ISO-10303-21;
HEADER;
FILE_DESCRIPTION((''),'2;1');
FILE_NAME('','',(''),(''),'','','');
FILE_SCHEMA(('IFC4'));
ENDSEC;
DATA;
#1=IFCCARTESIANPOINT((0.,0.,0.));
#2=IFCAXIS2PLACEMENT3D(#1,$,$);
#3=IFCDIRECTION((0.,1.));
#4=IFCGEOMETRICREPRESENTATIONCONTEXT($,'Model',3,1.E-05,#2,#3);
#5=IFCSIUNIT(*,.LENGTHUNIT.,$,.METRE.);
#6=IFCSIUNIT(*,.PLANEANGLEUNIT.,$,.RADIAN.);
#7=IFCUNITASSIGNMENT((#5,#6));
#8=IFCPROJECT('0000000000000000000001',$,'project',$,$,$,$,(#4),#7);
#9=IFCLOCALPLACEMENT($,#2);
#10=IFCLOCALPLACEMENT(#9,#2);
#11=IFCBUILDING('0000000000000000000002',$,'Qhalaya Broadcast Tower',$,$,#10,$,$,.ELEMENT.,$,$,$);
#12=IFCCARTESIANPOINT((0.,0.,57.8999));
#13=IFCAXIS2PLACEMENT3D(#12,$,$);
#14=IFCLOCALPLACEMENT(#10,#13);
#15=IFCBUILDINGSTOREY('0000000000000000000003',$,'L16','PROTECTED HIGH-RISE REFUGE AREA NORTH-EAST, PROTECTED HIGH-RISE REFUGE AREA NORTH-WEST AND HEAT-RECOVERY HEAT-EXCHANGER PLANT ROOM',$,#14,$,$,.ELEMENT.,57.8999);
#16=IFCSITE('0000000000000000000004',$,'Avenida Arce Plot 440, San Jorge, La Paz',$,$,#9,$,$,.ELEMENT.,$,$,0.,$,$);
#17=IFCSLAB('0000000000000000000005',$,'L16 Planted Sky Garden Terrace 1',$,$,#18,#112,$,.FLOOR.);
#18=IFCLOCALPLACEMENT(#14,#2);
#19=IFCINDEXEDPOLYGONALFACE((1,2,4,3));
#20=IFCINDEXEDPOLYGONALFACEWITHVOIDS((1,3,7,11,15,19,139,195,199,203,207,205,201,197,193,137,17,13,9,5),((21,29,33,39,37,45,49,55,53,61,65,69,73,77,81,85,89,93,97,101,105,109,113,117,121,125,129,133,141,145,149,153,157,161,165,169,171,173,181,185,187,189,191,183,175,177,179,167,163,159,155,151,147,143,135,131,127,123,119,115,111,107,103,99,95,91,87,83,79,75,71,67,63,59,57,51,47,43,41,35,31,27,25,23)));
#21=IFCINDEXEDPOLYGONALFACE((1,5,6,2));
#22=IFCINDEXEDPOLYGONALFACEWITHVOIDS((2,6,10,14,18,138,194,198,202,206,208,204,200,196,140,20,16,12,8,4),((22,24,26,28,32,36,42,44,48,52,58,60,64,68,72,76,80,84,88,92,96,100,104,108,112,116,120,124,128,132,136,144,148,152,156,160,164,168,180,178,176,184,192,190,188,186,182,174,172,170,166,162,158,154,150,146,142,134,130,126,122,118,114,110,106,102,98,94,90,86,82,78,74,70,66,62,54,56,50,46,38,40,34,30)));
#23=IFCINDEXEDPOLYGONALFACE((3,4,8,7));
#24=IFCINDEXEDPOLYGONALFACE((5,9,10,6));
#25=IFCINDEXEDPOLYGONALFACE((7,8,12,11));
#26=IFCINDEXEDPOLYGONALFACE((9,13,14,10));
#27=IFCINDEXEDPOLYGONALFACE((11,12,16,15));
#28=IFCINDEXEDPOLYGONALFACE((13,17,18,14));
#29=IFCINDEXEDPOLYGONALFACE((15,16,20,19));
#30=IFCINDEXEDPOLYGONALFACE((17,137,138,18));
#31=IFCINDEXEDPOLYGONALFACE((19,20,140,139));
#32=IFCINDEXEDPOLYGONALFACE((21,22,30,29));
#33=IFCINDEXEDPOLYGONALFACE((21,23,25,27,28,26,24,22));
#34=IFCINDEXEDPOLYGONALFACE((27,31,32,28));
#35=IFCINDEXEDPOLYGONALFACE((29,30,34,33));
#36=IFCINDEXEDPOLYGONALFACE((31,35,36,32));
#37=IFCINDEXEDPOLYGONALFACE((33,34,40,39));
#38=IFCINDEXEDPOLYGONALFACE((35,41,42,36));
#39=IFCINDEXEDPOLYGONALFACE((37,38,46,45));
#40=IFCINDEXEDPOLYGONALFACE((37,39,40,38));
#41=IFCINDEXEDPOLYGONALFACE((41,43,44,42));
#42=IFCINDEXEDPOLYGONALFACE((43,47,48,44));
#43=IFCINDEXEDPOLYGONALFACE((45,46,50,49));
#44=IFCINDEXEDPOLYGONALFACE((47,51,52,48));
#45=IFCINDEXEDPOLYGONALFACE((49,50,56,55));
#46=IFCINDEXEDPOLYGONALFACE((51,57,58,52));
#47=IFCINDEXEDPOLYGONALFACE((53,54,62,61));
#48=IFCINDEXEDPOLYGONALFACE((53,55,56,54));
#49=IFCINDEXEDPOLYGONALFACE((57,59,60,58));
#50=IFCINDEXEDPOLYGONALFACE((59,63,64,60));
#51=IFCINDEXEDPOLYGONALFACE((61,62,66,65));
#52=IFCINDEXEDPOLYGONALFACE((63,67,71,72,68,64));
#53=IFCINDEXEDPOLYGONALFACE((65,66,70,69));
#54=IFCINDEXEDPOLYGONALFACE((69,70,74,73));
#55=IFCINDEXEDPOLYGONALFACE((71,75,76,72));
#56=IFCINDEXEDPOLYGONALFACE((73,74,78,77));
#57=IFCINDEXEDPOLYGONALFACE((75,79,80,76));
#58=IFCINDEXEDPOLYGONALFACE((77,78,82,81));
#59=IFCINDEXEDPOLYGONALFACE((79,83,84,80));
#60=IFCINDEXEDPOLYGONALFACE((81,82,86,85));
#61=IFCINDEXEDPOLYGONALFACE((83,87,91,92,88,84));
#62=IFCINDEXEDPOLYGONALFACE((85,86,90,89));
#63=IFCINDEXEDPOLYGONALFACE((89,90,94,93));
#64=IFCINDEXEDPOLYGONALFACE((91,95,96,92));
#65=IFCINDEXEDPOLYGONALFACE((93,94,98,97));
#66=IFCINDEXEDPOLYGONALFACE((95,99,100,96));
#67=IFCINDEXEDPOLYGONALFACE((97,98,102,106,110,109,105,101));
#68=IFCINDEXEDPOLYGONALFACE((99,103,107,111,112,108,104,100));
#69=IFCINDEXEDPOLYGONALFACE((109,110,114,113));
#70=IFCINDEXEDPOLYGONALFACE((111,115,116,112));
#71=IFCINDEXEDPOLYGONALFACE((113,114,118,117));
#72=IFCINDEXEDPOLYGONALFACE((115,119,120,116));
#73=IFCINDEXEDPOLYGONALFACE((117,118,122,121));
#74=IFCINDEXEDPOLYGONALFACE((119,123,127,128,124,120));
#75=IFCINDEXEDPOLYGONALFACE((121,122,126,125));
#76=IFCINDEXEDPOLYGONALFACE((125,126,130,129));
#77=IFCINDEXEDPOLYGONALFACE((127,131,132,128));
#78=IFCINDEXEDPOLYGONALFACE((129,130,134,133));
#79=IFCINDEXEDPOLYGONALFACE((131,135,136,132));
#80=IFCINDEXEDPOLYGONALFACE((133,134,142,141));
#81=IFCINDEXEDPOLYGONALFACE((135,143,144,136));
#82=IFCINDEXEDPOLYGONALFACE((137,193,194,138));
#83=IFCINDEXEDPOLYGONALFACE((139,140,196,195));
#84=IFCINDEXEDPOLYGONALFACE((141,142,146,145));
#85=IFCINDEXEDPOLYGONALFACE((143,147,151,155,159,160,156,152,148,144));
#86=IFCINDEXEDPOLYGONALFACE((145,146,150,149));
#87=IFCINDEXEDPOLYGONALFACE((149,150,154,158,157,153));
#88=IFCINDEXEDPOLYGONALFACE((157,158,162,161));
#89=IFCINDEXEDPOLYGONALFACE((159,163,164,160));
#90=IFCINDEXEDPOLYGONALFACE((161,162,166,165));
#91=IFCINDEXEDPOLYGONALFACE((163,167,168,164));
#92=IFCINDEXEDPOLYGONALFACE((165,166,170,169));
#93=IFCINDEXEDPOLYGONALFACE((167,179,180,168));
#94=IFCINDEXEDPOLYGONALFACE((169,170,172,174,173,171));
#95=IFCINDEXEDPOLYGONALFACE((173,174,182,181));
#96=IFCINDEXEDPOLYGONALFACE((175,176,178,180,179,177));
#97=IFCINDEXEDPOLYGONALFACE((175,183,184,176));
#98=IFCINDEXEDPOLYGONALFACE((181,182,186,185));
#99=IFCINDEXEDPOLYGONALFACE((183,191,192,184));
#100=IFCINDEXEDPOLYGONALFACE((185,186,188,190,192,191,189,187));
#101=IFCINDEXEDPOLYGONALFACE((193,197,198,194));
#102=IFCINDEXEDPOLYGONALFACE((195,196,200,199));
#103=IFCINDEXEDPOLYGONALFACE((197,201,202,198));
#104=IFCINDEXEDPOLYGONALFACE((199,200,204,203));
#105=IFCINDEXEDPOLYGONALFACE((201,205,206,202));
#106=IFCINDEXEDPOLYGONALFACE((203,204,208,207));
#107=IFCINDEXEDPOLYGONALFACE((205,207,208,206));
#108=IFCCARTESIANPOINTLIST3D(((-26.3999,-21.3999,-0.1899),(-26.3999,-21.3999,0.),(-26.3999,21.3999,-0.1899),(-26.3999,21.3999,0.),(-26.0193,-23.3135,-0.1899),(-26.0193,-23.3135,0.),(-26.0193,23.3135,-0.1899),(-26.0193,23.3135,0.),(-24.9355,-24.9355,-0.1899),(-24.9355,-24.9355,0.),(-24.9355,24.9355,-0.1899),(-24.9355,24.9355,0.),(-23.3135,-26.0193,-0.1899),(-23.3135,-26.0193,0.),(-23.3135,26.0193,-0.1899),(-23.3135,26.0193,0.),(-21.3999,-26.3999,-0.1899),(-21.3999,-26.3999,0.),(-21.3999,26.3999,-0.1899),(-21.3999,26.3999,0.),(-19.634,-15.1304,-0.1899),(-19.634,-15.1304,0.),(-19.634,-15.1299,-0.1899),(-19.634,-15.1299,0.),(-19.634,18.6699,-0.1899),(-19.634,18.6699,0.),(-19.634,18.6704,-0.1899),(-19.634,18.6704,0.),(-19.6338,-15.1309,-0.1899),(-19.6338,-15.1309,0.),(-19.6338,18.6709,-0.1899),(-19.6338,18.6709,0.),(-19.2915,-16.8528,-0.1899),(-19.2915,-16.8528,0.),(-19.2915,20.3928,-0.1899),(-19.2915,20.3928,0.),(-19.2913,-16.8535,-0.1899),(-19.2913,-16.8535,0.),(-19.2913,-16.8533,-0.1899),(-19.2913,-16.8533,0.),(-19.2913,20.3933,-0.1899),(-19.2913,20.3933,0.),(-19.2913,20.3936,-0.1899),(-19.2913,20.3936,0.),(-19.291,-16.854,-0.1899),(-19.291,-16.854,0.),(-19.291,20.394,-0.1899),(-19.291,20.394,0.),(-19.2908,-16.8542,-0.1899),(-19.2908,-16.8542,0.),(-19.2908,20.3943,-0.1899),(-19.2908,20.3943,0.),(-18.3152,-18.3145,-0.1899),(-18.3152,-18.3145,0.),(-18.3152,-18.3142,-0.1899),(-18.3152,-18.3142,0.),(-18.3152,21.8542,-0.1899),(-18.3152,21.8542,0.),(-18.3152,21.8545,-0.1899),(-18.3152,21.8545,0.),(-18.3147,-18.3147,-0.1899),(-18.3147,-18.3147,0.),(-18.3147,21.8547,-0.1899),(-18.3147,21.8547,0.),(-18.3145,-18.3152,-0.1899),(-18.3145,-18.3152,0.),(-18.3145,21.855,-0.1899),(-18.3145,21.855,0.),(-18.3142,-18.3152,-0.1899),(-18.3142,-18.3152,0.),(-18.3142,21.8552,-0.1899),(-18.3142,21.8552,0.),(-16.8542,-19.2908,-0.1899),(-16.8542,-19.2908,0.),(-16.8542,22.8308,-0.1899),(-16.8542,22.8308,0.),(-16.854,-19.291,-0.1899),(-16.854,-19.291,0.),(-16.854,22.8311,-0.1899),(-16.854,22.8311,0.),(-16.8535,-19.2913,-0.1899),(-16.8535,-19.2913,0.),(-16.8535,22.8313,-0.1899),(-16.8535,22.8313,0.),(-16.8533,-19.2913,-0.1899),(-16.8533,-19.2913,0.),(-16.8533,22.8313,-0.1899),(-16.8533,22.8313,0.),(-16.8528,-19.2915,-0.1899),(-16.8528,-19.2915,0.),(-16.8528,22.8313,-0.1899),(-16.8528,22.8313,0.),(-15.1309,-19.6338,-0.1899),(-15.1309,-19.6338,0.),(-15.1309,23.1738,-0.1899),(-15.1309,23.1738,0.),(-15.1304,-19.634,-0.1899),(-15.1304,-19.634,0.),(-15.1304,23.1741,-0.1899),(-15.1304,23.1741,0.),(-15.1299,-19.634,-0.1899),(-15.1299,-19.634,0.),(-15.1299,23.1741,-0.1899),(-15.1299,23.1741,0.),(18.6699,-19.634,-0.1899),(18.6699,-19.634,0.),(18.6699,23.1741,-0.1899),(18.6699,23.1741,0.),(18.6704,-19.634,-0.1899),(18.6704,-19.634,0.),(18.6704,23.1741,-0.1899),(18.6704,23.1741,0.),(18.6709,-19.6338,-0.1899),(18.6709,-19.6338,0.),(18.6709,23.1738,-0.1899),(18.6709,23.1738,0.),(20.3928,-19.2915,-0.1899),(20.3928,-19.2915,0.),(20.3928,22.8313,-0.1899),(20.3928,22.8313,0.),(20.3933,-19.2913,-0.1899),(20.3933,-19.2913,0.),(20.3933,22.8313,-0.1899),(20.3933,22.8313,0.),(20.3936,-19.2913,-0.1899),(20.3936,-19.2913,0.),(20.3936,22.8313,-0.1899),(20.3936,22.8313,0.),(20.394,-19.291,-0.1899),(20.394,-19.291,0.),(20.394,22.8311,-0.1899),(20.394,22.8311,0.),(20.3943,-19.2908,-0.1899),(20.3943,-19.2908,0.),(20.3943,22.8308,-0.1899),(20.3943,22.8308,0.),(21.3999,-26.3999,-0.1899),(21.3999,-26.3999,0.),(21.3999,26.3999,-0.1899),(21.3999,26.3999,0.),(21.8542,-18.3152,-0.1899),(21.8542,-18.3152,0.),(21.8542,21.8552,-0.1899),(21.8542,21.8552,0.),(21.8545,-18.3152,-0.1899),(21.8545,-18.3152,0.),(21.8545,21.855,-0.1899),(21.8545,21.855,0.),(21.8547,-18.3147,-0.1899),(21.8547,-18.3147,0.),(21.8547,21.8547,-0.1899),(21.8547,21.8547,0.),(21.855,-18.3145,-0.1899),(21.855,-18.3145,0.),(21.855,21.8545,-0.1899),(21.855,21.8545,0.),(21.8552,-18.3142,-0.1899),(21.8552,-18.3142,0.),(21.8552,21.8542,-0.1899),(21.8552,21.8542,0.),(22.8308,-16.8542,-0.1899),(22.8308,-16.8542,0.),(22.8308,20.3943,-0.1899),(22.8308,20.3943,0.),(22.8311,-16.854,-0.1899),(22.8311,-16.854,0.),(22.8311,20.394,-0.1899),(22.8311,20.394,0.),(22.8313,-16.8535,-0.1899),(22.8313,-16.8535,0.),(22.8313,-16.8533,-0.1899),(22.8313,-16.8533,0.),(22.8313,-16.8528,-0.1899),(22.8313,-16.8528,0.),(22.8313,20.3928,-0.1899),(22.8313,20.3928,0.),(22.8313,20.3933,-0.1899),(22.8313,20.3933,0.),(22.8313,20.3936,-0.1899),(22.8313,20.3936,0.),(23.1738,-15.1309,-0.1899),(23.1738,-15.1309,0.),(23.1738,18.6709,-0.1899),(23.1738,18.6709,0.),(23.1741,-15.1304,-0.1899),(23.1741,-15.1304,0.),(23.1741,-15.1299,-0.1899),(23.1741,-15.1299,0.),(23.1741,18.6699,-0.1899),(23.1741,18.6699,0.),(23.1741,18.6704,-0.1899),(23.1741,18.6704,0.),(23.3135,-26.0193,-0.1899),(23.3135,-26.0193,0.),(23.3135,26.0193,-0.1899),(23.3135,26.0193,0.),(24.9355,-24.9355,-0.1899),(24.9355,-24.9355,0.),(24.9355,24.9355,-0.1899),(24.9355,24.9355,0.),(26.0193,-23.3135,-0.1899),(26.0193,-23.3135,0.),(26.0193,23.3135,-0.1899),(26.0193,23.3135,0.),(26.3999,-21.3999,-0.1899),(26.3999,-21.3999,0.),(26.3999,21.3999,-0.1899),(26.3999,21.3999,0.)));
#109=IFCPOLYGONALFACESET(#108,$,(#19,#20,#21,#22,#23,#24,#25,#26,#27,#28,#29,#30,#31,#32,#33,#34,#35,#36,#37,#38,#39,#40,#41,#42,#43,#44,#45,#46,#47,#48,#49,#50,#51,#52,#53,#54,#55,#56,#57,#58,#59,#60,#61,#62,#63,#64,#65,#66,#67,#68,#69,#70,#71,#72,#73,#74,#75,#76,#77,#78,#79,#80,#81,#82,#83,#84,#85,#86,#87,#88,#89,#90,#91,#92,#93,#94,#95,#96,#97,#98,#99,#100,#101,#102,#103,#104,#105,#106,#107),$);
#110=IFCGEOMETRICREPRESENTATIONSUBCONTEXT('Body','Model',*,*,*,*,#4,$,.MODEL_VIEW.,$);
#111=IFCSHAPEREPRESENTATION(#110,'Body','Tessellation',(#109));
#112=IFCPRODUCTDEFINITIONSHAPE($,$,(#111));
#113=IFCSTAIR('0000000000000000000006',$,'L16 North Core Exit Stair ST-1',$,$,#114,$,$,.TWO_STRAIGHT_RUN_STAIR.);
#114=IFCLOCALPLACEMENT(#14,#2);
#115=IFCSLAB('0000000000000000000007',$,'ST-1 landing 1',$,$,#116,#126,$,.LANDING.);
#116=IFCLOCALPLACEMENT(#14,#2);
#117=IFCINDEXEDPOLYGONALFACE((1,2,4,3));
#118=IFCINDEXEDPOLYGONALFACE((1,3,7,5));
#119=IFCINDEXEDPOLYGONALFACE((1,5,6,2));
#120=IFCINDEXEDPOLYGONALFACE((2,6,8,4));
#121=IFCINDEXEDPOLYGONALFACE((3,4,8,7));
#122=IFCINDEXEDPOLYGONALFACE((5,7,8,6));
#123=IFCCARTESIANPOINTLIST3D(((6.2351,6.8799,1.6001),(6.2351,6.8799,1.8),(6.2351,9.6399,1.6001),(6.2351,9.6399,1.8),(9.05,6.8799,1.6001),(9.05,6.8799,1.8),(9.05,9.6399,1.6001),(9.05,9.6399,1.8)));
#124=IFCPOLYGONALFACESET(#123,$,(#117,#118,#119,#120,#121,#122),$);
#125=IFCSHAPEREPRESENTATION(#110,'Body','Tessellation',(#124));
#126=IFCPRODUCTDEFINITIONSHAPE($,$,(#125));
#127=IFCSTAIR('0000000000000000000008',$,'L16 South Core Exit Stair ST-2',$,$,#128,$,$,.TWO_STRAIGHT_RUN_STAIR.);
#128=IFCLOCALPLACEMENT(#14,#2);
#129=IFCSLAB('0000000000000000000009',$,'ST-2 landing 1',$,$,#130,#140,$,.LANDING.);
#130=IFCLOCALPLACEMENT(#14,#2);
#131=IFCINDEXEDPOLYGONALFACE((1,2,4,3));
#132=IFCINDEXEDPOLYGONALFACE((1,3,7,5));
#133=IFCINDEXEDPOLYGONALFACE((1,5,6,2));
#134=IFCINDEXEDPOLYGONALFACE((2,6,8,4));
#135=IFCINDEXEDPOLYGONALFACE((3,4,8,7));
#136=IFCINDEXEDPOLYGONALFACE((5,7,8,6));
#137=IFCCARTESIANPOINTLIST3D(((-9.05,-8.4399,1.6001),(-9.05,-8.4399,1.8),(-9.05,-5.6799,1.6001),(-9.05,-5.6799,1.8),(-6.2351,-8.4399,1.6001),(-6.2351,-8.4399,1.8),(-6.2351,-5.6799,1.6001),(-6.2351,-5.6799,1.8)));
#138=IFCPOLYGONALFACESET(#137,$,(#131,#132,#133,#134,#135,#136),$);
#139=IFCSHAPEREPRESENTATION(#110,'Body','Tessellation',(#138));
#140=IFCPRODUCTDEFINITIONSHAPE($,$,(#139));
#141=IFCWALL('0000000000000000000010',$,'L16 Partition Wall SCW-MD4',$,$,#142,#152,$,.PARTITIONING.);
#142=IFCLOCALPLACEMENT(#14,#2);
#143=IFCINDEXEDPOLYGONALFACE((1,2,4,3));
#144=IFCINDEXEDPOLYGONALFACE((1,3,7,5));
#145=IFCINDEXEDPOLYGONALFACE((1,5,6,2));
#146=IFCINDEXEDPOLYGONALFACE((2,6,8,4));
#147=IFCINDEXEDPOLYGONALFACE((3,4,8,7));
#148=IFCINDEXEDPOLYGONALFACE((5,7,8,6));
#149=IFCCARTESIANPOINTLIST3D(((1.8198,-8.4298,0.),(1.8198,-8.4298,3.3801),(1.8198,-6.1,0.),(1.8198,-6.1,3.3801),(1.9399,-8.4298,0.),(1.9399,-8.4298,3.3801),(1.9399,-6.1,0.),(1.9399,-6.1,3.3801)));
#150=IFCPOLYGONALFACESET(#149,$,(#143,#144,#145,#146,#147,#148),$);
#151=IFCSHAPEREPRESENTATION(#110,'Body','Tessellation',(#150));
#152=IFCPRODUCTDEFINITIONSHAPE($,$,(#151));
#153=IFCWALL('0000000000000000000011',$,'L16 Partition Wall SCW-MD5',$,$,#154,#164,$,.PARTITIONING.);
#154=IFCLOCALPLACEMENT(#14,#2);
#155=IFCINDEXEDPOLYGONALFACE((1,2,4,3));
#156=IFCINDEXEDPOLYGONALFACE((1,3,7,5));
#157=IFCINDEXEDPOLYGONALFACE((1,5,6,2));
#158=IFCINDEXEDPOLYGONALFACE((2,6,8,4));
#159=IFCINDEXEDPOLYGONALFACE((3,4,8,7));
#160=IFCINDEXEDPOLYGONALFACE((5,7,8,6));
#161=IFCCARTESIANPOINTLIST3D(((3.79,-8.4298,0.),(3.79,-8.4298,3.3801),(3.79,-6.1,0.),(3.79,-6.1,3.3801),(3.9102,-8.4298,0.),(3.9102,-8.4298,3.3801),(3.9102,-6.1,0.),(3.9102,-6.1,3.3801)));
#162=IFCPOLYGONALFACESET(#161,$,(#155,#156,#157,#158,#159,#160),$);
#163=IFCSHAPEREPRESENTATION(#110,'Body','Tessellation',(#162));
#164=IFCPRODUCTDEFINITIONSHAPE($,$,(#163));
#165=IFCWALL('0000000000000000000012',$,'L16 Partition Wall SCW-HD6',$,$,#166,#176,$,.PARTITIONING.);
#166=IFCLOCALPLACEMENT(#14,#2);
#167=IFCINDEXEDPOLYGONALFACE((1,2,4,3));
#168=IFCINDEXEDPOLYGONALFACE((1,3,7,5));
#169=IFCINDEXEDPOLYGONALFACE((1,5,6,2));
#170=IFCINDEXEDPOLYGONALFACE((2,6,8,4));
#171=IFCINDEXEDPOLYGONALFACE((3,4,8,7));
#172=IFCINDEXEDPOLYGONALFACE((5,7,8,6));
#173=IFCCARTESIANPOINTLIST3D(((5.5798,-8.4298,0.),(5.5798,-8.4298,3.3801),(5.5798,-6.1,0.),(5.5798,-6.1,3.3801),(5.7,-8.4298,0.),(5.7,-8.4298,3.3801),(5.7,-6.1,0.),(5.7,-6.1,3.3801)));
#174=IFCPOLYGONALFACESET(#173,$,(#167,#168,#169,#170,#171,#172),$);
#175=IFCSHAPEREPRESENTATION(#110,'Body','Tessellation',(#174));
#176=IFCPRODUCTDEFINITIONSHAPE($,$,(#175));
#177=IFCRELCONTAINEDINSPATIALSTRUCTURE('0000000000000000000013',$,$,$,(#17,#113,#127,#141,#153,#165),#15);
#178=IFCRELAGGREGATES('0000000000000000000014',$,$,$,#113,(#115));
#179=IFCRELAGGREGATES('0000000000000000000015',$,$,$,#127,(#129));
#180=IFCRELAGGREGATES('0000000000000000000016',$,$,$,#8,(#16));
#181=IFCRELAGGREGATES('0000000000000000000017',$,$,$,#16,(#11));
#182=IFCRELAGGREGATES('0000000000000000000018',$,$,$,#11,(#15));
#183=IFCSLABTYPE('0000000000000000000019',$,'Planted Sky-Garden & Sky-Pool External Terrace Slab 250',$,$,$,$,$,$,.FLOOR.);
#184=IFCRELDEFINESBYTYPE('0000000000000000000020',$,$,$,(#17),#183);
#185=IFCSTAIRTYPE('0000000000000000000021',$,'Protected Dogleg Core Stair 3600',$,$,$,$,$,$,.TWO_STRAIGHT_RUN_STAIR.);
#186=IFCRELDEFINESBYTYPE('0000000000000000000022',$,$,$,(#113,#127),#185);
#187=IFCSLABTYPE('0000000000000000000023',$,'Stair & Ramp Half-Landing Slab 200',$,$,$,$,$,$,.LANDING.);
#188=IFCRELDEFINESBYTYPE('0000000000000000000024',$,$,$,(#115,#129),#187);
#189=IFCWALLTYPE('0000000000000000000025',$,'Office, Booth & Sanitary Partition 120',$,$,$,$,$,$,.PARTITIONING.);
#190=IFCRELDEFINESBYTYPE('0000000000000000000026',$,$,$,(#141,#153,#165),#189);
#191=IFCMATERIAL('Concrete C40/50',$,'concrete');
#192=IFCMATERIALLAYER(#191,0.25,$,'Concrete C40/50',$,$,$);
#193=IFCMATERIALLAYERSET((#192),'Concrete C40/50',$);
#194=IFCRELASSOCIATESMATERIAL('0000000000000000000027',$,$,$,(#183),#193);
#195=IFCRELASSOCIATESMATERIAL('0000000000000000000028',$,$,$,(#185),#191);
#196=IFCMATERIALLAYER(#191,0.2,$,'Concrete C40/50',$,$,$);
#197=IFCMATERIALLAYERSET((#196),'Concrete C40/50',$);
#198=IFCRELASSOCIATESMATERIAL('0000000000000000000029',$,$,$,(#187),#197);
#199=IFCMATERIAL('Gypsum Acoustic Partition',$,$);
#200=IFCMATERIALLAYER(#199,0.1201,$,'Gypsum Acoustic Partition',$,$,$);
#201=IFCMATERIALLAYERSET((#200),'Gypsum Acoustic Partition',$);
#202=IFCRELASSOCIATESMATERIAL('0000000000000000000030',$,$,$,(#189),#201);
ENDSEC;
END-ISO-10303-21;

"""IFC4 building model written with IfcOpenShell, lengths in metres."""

from ifc_helpers import new_model, si_unit, direction, frame, frame_2d, origin, place, context, subcontext, project, spatial, polyline, rectangle, outline, extrude, material, layer, layer_set, type_object, element, aggregate, save


model = new_model("IFC4")

# Units and contexts
model_context = context("Model", 3, precision=1e-05, world=origin(), true_north=direction((0.0, 1.0)))
body_context = subcontext(model_context, "Body", "Model", "MODEL_VIEW")
ifc_project = project(units=[si_unit("LENGTHUNIT", "METRE"), si_unit("PLANEANGLEUNIT", "RADIAN")], contexts=[model_context])

# Site, building, storey
site_placement = place(None, origin())
site = spatial("IfcSite", under=ifc_project, at=site_placement, Name="Avenida Arce Plot 440, San Jorge, La Paz", CompositionType="ELEMENT", RefElevation=0.0)
building_placement = place(site_placement, origin())
building = spatial("IfcBuilding", under=site, at=building_placement, Name="Qhalaya Broadcast Tower", CompositionType="ELEMENT")
storey_placement = place(building_placement, frame((0.0, 0.0, 57.8999)))
storey = spatial("IfcBuildingStorey", under=building, at=storey_placement, Name="L16", Description="PROTECTED HIGH-RISE REFUGE AREA NORTH-EAST, PROTECTED HIGH-RISE REFUGE AREA NORTH-WEST AND HEAT-RECOVERY HEAT-EXCHANGER PLANT ROOM", CompositionType="ELEMENT", Elevation=57.8999)

# Slab
ifc_material_1 = material(Name="Concrete C40/50", Category="concrete")
ifc_layer_1 = layer(ifc_material_1, 0.25, Name="Concrete C40/50")
ifc_layer_set_1 = layer_set([ifc_layer_1], Name="Concrete C40/50")
slab_type_1 = type_object("IfcSlabType", Name="Planted Sky-Garden & Sky-Pool External Terrace Slab 250", PredefinedType="FLOOR", material=ifc_layer_set_1)
slab_1_placement = place(storey_placement, frame((0.0, 0.0, -0.1899)))
element("IfcSlab", 1, at=slab_1_placement, inside=storey, type_object=slab_type_1, Name="L16 Planted Sky Garden Terrace 1", PredefinedType="FLOOR", context=body_context, shape_type="SweptSolid", body=[
    extrude(outline(polyline([(21.3999, -26.3999), (23.3135, -26.0193), (24.9355, -24.9355), (26.0193, -23.3135), (26.3999, -21.3999), (26.3999, 21.3999), (26.0193, 23.3135), (24.9355, 24.9355), (23.3135, 26.0193), (21.3999, 26.3999), (-21.3999, 26.3999), (-23.3135, 26.0193), (-24.9355, 24.9355), (-26.0193, 23.3135), (-26.3999, 21.3999), (-26.3999, -21.3999), (-26.0193, -23.3135), (-24.9355, -24.9355), (-23.3135, -26.0193), (-21.3999, -26.3999), (21.3999, -26.3999)]), holes=[polyline([(18.6699, -19.634), (-15.1299, -19.634), (-15.1304, -19.634), (-15.1309, -19.6338), (-16.8528, -19.2915), (-16.8533, -19.2913), (-16.8535, -19.2913), (-16.854, -19.291), (-16.8542, -19.2908), (-18.3142, -18.3152), (-18.3145, -18.3152), (-18.3147, -18.3147), (-18.3152, -18.3145), (-18.3152, -18.3142), (-19.2908, -16.8542), (-19.291, -16.854), (-19.2913, -16.8535), (-19.2913, -16.8533), (-19.2915, -16.8528), (-19.6338, -15.1309), (-19.634, -15.1304), (-19.634, -15.1299), (-19.634, 18.6699), (-19.634, 18.6704), (-19.6338, 18.6709), (-19.2915, 20.3928), (-19.2913, 20.3933), (-19.2913, 20.3936), (-19.291, 20.394), (-19.2908, 20.3943), (-18.3152, 21.8542), (-18.3152, 21.8545), (-18.3147, 21.8547), (-18.3145, 21.855), (-18.3142, 21.8552), (-16.8542, 22.8308), (-16.854, 22.8311), (-16.8535, 22.8313), (-16.8533, 22.8313), (-16.8528, 22.8313), (-15.1309, 23.1738), (-15.1304, 23.1741), (-15.1299, 23.1741), (18.6699, 23.1741), (18.6704, 23.1741), (18.6709, 23.1738), (20.3928, 22.8313), (20.3933, 22.8313), (20.3936, 22.8313), (20.394, 22.8311), (20.3943, 22.8308), (21.8542, 21.8552), (21.8545, 21.855), (21.8547, 21.8547), (21.855, 21.8545), (21.8552, 21.8542), (22.8308, 20.3943), (22.8311, 20.394), (22.8313, 20.3936), (22.8313, 20.3933), (22.8313, 20.3928), (23.1738, 18.6709), (23.1741, 18.6704), (23.1741, 18.6699), (23.1741, -15.1299), (23.1741, -15.1304), (23.1738, -15.1309), (22.8313, -16.8528), (22.8313, -16.8533), (22.8313, -16.8535), (22.8311, -16.854), (22.8308, -16.8542), (21.8552, -18.3142), (21.855, -18.3145), (21.8547, -18.3147), (21.8545, -18.3152), (21.8542, -18.3152), (20.3943, -19.2908), (20.394, -19.291), (20.3936, -19.2913), (20.3933, -19.2913), (20.3928, -19.2915), (18.6709, -19.6338), (18.6704, -19.634), (18.6699, -19.634)])]), origin(), (0.0, 0.0, 1.0), 0.1899),
])

# Stairs, slabs
stair_type = type_object("IfcStairType", Name="Protected Dogleg Core Stair 3600", PredefinedType="TWO_STRAIGHT_RUN_STAIR", material=ifc_material_1)
stair_1_placement = place(storey_placement, origin())
stair_1 = element("IfcStair", 2, at=stair_1_placement, inside=storey, type_object=stair_type, Name="L16 North Core Exit Stair ST-1", PredefinedType="TWO_STRAIGHT_RUN_STAIR")
ifc_layer_2 = layer(ifc_material_1, 0.2, Name="Concrete C40/50")
ifc_layer_set_2 = layer_set([ifc_layer_2], Name="Concrete C40/50")
slab_type_2 = type_object("IfcSlabType", Name="Stair & Ramp Half-Landing Slab 200", PredefinedType="LANDING", material=ifc_layer_set_2)
slab_2_placement = place(storey_placement, frame((0.0, 0.0, 1.6001)))
slab_2 = element("IfcSlab", 3, at=slab_2_placement, type_object=slab_type_2, Name="ST-1 landing 1", PredefinedType="LANDING", context=body_context, shape_type="SweptSolid", body=[
    extrude(outline(polyline([(6.2351, 6.8799), (9.05, 6.8799), (9.05, 9.6399), (6.2351, 9.6399), (6.2351, 6.8799)])), origin(), (0.0, 0.0, 1.0), 0.2),
])
aggregate(stair_1, [slab_2])
stair_2_placement = place(storey_placement, origin())
stair_2 = element("IfcStair", 4, at=stair_2_placement, inside=storey, type_object=stair_type, Name="L16 South Core Exit Stair ST-2", PredefinedType="TWO_STRAIGHT_RUN_STAIR")
slab_3_placement = place(storey_placement, frame((0.0, 0.0, 1.6001)))
slab_3 = element("IfcSlab", 5, at=slab_3_placement, type_object=slab_type_2, Name="ST-2 landing 1", PredefinedType="LANDING", context=body_context, shape_type="SweptSolid", body=[
    extrude(outline(polyline([(-6.2351, -5.6799), (-9.05, -5.6799), (-9.05, -8.4399), (-6.2351, -8.4399), (-6.2351, -5.6799)])), origin(), (0.0, 0.0, 1.0), 0.2),
])
aggregate(stair_2, [slab_3])

# Walls
ifc_material_2 = material(Name="Gypsum Acoustic Partition")
ifc_layer_3 = layer(ifc_material_2, 0.1201, Name="Gypsum Acoustic Partition")
ifc_layer_set_3 = layer_set([ifc_layer_3], Name="Gypsum Acoustic Partition")
wall_type_1 = type_object("IfcWallType", Name="Office, Booth & Sanitary Partition 120", PredefinedType="PARTITIONING", material=ifc_layer_set_3)
for number, where, z_axis, x_axis, name in (
    (6, (1.8799, -8.4299, 0.0), (0.0, 0.0, 1.0), (0.0, 1.0, 0.0), "L16 Partition Wall SCW-MD4"),
    (7, (3.8501, -8.4299, 0.0), (0.0, 0.0, 1.0), (0.0, 1.0, 0.0), "L16 Partition Wall SCW-MD5"),
    (8, (5.6399, -8.4299, 0.0), (0.0, 0.0, 1.0), (0.0, 1.0, 0.0), "L16 Partition Wall SCW-HD6"),
):
    element("IfcWall", number, at=place(storey_placement, frame(where, z_axis=z_axis, x_axis=x_axis)), inside=storey, type_object=wall_type_1, Name=name, PredefinedType="PARTITIONING", context=body_context, shape_type="SweptSolid", body=[
        extrude(rectangle(XDim=2.3298, YDim=0.1201, at=frame_2d((1.165, 0.0))), origin(), (0.0, 0.0, 1.0), 3.3801),
    ])

save(model, "model.ifc")
